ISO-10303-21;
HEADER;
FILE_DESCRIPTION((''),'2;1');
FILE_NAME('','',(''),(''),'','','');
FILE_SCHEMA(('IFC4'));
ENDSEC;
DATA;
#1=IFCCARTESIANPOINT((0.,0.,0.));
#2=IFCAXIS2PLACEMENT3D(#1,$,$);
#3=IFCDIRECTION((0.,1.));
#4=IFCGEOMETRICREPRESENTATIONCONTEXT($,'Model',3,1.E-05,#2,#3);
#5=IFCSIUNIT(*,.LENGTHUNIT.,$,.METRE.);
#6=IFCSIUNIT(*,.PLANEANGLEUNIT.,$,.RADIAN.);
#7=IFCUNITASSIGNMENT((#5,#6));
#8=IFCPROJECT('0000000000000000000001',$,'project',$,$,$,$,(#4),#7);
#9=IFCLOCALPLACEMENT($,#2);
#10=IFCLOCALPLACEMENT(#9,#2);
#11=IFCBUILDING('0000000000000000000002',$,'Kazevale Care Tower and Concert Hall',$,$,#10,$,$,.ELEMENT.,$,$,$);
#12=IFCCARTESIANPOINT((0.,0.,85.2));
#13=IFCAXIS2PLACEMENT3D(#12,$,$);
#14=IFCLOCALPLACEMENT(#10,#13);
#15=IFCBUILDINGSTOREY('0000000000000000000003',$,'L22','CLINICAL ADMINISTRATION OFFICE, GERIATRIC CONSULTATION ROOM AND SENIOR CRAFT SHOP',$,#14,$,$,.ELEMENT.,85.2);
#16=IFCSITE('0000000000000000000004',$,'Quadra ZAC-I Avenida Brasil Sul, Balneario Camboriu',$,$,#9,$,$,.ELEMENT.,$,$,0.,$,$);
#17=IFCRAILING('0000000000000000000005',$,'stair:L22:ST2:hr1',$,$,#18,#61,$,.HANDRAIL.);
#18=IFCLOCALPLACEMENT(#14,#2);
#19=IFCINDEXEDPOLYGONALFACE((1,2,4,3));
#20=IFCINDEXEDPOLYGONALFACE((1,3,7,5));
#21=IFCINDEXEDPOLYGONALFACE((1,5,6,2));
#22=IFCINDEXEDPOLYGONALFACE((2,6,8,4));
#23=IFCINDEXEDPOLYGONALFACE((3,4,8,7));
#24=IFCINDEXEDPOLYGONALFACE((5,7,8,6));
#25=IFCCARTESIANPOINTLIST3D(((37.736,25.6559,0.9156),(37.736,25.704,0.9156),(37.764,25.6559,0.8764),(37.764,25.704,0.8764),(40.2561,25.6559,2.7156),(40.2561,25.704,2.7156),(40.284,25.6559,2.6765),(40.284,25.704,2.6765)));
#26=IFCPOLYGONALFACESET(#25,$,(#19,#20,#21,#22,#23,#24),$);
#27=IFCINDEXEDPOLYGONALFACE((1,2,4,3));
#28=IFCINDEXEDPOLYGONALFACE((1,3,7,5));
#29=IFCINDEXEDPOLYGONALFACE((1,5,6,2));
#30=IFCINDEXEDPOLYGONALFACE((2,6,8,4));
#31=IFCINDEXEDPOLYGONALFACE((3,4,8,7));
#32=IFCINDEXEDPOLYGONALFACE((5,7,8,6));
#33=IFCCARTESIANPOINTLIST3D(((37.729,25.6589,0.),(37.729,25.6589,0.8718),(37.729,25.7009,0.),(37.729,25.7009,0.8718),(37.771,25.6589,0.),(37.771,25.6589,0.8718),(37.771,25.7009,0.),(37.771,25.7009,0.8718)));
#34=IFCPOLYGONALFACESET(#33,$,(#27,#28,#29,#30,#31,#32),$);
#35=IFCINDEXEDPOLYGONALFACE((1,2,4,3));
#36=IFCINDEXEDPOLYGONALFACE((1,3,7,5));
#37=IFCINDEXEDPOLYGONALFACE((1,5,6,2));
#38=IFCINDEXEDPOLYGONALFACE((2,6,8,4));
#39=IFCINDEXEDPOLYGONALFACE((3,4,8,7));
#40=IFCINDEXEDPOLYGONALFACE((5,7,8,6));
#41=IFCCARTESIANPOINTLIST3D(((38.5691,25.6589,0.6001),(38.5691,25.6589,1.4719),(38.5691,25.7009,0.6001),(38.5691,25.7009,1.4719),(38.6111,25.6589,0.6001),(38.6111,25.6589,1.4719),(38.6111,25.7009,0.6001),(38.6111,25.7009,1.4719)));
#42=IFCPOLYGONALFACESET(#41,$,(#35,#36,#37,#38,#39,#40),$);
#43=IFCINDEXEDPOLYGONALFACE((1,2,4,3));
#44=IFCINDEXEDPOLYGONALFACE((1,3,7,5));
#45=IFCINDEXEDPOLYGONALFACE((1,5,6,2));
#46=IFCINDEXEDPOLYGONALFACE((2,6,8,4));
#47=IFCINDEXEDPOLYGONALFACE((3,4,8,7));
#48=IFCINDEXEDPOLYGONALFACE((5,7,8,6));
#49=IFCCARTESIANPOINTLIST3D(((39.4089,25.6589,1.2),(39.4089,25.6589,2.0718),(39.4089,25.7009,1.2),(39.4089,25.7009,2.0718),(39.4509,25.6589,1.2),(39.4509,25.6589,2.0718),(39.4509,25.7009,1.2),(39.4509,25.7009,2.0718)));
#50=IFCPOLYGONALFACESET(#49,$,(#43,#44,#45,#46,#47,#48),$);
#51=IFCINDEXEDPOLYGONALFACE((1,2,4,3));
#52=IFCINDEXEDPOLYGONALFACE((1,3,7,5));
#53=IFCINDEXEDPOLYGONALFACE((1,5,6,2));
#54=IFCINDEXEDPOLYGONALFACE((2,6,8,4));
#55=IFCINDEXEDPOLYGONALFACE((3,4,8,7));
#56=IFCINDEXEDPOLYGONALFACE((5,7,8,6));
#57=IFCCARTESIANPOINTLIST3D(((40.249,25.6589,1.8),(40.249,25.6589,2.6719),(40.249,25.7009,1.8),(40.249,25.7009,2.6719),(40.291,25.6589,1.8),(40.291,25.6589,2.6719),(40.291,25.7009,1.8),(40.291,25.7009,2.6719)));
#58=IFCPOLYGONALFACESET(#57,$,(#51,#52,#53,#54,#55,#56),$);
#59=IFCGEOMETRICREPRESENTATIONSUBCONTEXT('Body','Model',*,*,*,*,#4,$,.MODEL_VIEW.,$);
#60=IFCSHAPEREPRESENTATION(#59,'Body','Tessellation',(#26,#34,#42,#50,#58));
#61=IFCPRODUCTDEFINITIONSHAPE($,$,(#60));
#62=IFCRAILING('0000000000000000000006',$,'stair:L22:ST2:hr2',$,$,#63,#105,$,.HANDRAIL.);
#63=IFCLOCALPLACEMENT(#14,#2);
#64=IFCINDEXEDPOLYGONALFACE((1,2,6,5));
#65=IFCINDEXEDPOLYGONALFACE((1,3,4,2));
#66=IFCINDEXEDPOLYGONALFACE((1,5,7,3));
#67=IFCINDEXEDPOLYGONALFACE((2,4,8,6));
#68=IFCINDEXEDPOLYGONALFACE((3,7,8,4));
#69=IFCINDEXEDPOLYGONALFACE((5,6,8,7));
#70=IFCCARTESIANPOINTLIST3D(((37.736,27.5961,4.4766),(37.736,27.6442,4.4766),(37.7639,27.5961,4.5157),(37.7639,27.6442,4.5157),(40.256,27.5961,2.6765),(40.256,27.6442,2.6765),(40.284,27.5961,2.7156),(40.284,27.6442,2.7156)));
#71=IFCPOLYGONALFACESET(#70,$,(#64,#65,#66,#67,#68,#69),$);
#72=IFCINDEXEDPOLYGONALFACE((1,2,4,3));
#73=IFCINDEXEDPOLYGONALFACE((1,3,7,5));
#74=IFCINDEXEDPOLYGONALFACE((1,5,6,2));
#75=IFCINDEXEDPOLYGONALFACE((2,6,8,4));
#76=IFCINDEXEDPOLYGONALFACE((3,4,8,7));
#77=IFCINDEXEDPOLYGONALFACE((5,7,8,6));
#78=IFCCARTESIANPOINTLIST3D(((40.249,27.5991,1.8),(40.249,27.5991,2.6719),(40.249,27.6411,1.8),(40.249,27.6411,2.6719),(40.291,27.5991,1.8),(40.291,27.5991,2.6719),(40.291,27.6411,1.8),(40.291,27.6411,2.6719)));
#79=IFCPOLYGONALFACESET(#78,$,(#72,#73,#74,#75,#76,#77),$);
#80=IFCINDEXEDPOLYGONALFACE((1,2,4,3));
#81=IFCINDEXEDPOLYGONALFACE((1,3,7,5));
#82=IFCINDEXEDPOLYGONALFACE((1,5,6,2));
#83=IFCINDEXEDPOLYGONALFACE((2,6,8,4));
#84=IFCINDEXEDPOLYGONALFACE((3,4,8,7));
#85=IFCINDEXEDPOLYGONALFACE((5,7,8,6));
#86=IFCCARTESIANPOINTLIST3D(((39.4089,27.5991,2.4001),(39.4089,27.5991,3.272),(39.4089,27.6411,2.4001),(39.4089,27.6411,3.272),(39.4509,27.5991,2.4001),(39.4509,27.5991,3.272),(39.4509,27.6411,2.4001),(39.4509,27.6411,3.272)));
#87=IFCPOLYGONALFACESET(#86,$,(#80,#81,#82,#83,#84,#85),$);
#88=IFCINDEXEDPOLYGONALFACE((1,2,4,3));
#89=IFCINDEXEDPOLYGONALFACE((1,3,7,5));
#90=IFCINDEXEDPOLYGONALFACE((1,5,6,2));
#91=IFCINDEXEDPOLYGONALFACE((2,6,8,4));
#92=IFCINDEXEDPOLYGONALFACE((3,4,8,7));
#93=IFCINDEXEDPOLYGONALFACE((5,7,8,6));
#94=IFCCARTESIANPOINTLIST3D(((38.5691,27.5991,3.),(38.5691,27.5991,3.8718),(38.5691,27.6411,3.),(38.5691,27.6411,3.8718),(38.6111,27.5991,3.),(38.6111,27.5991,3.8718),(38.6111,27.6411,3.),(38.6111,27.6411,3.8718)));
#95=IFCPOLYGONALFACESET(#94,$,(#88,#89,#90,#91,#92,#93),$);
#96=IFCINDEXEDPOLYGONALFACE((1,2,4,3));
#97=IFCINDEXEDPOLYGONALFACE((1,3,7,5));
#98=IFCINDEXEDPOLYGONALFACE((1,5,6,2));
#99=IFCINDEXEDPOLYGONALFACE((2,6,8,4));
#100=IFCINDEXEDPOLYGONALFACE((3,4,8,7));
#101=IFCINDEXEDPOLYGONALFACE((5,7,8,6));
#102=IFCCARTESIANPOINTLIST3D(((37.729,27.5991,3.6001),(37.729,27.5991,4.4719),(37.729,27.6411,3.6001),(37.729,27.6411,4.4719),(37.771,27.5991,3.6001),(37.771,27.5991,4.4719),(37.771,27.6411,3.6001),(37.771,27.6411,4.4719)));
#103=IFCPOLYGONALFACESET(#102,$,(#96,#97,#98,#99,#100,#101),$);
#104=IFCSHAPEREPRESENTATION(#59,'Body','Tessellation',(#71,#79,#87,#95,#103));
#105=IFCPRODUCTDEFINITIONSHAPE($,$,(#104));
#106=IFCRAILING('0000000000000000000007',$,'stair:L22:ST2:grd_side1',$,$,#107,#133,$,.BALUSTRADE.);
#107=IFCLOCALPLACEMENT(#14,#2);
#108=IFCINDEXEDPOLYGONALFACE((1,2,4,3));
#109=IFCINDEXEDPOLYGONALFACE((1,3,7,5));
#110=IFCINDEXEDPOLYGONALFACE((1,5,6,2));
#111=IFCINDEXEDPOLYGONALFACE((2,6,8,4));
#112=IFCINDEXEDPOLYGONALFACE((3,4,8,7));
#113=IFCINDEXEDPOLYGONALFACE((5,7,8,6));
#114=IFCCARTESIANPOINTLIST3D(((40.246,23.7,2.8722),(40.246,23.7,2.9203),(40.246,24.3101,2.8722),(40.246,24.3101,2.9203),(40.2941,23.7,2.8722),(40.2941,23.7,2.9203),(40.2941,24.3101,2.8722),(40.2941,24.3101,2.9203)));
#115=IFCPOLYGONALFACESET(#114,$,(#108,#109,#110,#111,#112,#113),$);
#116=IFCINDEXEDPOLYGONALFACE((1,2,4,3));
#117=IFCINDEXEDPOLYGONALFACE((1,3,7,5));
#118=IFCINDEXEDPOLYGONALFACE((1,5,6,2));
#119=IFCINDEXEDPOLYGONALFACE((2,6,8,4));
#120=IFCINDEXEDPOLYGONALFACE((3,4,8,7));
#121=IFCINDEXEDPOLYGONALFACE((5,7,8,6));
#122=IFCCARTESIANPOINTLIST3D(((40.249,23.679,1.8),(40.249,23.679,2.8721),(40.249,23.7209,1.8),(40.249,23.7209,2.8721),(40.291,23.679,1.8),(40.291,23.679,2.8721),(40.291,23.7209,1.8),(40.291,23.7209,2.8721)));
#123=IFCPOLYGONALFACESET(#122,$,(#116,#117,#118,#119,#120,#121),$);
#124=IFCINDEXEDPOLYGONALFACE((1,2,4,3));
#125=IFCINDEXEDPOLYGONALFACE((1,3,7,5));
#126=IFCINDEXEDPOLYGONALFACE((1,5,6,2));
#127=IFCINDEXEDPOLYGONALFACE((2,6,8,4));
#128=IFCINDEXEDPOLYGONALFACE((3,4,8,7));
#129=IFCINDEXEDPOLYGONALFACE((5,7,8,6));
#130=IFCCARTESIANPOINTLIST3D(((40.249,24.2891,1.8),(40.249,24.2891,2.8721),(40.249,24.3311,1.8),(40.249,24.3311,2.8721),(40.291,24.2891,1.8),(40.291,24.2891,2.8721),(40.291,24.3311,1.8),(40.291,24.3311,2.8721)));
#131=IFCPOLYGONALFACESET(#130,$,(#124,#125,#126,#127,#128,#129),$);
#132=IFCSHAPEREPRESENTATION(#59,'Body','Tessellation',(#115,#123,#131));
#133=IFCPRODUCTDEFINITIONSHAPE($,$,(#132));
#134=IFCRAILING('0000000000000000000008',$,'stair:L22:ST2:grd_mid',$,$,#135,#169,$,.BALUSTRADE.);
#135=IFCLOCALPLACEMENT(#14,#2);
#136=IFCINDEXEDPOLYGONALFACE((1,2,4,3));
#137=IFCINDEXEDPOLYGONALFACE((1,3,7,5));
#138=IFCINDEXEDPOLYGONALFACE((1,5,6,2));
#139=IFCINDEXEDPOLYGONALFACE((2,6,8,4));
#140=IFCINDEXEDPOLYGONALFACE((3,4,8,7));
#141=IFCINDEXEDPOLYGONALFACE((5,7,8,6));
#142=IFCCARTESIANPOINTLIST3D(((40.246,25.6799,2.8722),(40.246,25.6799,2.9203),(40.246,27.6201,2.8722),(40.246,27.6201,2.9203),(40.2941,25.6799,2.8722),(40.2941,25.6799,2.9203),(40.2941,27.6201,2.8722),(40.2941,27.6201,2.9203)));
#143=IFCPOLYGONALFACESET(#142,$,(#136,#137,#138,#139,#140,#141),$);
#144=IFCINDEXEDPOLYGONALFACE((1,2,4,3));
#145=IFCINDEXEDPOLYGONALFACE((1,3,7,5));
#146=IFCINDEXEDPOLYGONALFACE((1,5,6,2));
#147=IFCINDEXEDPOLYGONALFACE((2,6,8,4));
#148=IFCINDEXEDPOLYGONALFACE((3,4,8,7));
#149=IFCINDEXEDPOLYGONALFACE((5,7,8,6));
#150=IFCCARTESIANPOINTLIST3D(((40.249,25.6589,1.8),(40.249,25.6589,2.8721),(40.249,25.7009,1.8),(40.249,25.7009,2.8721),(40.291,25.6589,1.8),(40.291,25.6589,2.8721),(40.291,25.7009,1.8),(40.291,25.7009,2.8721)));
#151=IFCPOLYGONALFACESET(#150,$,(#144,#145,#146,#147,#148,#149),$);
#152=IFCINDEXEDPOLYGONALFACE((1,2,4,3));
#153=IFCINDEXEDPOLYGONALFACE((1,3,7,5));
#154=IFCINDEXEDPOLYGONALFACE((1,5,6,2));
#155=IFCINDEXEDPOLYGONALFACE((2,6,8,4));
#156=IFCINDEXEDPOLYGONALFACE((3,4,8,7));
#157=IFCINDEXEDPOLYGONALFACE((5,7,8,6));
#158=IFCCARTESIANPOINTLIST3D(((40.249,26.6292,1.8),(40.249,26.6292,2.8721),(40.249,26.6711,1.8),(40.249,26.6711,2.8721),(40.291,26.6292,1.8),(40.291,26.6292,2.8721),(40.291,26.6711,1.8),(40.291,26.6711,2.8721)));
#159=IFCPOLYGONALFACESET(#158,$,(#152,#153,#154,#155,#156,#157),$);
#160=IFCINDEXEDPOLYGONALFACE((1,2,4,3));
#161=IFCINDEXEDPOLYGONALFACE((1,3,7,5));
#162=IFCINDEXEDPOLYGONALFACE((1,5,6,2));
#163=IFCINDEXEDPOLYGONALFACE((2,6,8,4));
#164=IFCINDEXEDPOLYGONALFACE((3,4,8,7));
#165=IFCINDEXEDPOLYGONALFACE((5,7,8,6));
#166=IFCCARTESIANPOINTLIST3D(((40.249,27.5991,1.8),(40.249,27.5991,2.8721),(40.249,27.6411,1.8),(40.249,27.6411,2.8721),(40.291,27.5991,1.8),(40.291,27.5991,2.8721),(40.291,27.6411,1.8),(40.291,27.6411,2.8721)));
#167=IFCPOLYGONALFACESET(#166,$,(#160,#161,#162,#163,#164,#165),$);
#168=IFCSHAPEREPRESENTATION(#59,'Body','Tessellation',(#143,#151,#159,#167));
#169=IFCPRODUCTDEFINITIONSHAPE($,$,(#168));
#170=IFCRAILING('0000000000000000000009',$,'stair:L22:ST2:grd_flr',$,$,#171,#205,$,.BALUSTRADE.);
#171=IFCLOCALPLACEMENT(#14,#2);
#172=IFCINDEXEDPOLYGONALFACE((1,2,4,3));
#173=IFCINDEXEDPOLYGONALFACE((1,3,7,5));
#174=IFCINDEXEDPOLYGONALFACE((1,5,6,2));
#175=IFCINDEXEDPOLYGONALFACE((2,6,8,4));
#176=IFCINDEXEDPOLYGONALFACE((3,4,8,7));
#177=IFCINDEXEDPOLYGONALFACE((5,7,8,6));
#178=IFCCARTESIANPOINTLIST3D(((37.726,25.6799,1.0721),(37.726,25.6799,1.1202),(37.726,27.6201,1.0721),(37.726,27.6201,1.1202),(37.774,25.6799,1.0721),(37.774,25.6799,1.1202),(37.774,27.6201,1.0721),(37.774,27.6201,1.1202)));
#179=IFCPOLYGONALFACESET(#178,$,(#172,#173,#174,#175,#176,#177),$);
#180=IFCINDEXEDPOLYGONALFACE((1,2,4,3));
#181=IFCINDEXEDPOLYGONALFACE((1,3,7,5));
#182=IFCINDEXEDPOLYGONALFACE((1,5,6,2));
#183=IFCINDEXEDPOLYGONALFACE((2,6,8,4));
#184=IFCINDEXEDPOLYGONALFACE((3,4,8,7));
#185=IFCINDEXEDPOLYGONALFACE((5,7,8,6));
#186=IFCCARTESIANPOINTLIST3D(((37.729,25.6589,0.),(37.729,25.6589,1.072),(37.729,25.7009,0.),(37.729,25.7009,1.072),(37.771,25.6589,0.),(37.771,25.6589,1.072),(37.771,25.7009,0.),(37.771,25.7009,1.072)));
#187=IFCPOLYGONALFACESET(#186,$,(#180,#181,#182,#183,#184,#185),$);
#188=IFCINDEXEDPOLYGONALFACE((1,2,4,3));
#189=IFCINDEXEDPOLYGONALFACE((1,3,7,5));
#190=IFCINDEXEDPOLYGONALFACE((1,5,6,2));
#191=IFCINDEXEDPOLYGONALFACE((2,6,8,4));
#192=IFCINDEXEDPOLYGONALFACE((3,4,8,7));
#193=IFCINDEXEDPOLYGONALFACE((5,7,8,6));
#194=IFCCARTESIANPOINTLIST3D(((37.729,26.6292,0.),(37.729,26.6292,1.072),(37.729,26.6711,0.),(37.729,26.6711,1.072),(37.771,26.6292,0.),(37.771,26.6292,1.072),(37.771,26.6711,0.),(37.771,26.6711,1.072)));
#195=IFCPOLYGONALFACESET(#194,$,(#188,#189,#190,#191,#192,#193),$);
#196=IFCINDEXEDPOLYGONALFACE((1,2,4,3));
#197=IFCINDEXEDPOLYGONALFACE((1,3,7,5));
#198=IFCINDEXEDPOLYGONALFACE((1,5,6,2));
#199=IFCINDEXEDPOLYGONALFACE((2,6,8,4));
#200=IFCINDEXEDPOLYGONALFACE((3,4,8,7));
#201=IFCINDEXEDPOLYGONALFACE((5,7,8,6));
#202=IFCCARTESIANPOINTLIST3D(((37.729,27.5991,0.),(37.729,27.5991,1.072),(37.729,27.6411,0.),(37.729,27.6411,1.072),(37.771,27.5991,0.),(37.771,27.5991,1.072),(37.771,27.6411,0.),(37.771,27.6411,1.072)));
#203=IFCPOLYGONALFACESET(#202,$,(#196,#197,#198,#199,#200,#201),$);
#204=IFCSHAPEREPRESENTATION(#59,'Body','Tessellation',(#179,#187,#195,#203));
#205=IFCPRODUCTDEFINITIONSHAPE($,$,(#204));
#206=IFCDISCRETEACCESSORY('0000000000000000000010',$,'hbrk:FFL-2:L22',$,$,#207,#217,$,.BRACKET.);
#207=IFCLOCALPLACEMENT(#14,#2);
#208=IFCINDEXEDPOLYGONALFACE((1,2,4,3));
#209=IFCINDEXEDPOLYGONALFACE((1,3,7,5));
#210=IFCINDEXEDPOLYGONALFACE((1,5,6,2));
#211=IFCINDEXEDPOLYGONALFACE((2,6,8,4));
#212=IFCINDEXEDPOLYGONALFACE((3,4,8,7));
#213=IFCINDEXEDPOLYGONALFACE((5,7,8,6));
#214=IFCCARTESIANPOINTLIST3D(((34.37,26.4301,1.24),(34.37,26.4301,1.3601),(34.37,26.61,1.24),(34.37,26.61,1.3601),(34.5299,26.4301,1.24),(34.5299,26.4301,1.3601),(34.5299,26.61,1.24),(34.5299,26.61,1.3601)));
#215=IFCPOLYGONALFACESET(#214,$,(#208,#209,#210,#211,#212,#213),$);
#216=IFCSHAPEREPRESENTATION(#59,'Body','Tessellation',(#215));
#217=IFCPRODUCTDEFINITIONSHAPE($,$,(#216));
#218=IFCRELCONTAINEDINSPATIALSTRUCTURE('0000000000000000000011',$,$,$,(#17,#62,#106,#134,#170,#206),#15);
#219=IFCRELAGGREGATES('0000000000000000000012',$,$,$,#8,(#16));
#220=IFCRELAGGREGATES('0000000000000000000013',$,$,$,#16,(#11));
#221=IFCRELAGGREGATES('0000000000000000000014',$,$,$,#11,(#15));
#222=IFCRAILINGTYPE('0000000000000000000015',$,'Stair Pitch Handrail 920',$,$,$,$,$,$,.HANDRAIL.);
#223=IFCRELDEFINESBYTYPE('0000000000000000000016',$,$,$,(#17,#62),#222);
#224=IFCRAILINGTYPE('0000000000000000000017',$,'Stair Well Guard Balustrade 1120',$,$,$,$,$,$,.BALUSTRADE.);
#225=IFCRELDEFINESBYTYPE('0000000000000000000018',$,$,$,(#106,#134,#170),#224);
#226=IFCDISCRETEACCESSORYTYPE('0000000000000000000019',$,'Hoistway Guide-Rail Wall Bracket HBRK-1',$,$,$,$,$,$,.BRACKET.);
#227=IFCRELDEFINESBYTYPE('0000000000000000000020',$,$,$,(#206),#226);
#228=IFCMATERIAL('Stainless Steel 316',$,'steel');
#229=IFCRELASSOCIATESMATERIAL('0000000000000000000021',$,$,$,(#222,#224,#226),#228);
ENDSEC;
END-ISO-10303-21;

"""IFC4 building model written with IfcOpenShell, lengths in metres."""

from ifc_helpers import new_model, si_unit, direction, frame, origin, origin_2d, place, context, subcontext, project, spatial, rectangle, extrude, material, type_object, element, save


model = new_model("IFC4")

# Units and contexts
model_context = context("Model", 3, precision=1e-05, world=origin(), true_north=direction((0.0, 1.0)))
body_context = subcontext(model_context, "Body", "Model", "MODEL_VIEW")
ifc_project = project(units=[si_unit("LENGTHUNIT", "METRE"), si_unit("PLANEANGLEUNIT", "RADIAN")], contexts=[model_context])

# Site, building, storey
site_placement = place(None, origin())
site = spatial("IfcSite", under=ifc_project, at=site_placement, Name="Quadra ZAC-I Avenida Brasil Sul, Balneario Camboriu", CompositionType="ELEMENT", RefElevation=0.0)
building_placement = place(site_placement, origin())
building = spatial("IfcBuilding", under=site, at=building_placement, Name="Kazevale Care Tower and Concert Hall", CompositionType="ELEMENT")
storey_placement = place(building_placement, frame((0.0, 0.0, 85.2)))
storey = spatial("IfcBuildingStorey", under=building, at=storey_placement, Name="L22", Description="CLINICAL ADMINISTRATION OFFICE, GERIATRIC CONSULTATION ROOM AND SENIOR CRAFT SHOP", CompositionType="ELEMENT", Elevation=85.2)

# Railings
ifc_material_1 = material(Name="Stainless Steel 316", Category="steel")
railing_type_1 = type_object("IfcRailingType", Name="Stair Pitch Handrail 920", PredefinedType="HANDRAIL", material=ifc_material_1)
railing_1_placement = place(storey_placement, frame((37.75, 25.6799, 0.0)))
element("IfcRailing", 1, at=railing_1_placement, inside=storey, type_object=railing_type_1, Name="stair:L22:ST2:hr1", PredefinedType="HANDRAIL", context=body_context, shape_type="SweptSolid", body=[
    extrude(rectangle(XDim=0.0481, YDim=0.0481, at=origin_2d()), frame((0.0, 0.0, 0.896), z_axis=(0.813728, 0.0, 0.581246), x_axis=(0.0, 1.0, 0.0)), (0.0, 0.0, 1.0), 3.0969),
    extrude(rectangle(XDim=0.042, YDim=0.042, at=origin_2d()), origin(), (0.0, 0.0, 1.0), 0.8718),
    extrude(rectangle(XDim=0.042, YDim=0.042, at=origin_2d()), frame((0.8401, 0.0, 0.6001)), (0.0, 0.0, 1.0), 0.8718),
    extrude(rectangle(XDim=0.042, YDim=0.042, at=origin_2d()), frame((1.6799, 0.0, 1.2)), (0.0, 0.0, 1.0), 0.8718),
    extrude(rectangle(XDim=0.042, YDim=0.042, at=origin_2d()), frame((2.52, 0.0, 1.8)), (0.0, 0.0, 1.0), 0.8718),
])
railing_2_placement = place(storey_placement, frame((40.27, 27.6201, 1.8)))
element("IfcRailing", 2, at=railing_2_placement, inside=storey, type_object=railing_type_1, Name="stair:L22:ST2:hr2", PredefinedType="HANDRAIL", context=body_context, shape_type="SweptSolid", body=[
    extrude(rectangle(XDim=0.0481, YDim=0.0481, at=origin_2d()), frame((0.0, 0.0, 0.896), z_axis=(-0.813728, 0.0, 0.581246), x_axis=(0.0, -1.0, 0.0)), (0.0, 0.0, 1.0), 3.0969),
    extrude(rectangle(XDim=0.042, YDim=0.042, at=origin_2d()), origin(), (0.0, 0.0, 1.0), 0.8718),
    extrude(rectangle(XDim=0.042, YDim=0.042, at=origin_2d()), frame((-0.8401, 0.0, 0.6001)), (0.0, 0.0, 1.0), 0.8718),
    extrude(rectangle(XDim=0.042, YDim=0.042, at=origin_2d()), frame((-1.6799, 0.0, 1.2)), (0.0, 0.0, 1.0), 0.8718),
    extrude(rectangle(XDim=0.042, YDim=0.042, at=origin_2d()), frame((-2.52, 0.0, 1.8)), (0.0, 0.0, 1.0), 0.8718),
])
railing_type_2 = type_object("IfcRailingType", Name="Stair Well Guard Balustrade 1120", PredefinedType="BALUSTRADE", material=ifc_material_1)
railing_3_placement = place(storey_placement, frame((40.27, 23.7, 1.8)))
element("IfcRailing", 3, at=railing_3_placement, inside=storey, type_object=railing_type_2, Name="stair:L22:ST2:grd_side1", PredefinedType="BALUSTRADE", context=body_context, shape_type="SweptSolid", body=[
    extrude(rectangle(XDim=0.0481, YDim=0.0481, at=origin_2d()), frame((0.0, 0.0, 1.0962), z_axis=(0.0, 1.0, 0.0), x_axis=(-1.0, 0.0, 0.0)), (0.0, 0.0, 1.0), 0.6101),
    extrude(rectangle(XDim=0.042, YDim=0.042, at=origin_2d()), origin(), (0.0, 0.0, 1.0), 1.072),
    extrude(rectangle(XDim=0.042, YDim=0.042, at=origin_2d()), frame((0.0, 0.6101, 0.0)), (0.0, 0.0, 1.0), 1.072),
])
for number, where, name in (
    (4, (40.27, 25.6799, 1.8), "stair:L22:ST2:grd_mid"),
    (5, (37.75, 25.6799, 0.0), "stair:L22:ST2:grd_flr"),
):
    element("IfcRailing", number, at=place(storey_placement, frame(where)), inside=storey, type_object=railing_type_2, Name=name, PredefinedType="BALUSTRADE", context=body_context, shape_type="SweptSolid", body=[
        extrude(rectangle(XDim=0.0481, YDim=0.0481, at=origin_2d()), frame((0.0, 0.0, 1.0962), z_axis=(0.0, 1.0, 0.0), x_axis=(-1.0, 0.0, 0.0)), (0.0, 0.0, 1.0), 1.9402),
        extrude(rectangle(XDim=0.042, YDim=0.042, at=origin_2d()), origin(), (0.0, 0.0, 1.0), 1.072),
        extrude(rectangle(XDim=0.042, YDim=0.042, at=origin_2d()), frame((0.0, 0.9702, 0.0)), (0.0, 0.0, 1.0), 1.072),
        extrude(rectangle(XDim=0.042, YDim=0.042, at=origin_2d()), frame((0.0, 1.9402, 0.0)), (0.0, 0.0, 1.0), 1.072),
    ])

# Discrete accessory
discrete_accessory_type = type_object("IfcDiscreteAccessoryType", Name="Hoistway Guide-Rail Wall Bracket HBRK-1", PredefinedType="BRACKET", material=ifc_material_1)
discrete_accessory_placement = place(storey_placement, frame((34.45, 26.52, 1.24), z_axis=(0.0, 0.0, 1.0), x_axis=(1.0, 0.0, 0.0)))
element("IfcDiscreteAccessory", 6, at=discrete_accessory_placement, inside=storey, type_object=discrete_accessory_type, Name="hbrk:FFL-2:L22", PredefinedType="BRACKET", context=body_context, shape_type="SweptSolid", body=[
    extrude(rectangle(XDim=0.1599, YDim=0.1799, at=origin_2d()), origin(), (0.0, 0.0, 1.0), 0.1201),
])

save(model, "model.ifc")
